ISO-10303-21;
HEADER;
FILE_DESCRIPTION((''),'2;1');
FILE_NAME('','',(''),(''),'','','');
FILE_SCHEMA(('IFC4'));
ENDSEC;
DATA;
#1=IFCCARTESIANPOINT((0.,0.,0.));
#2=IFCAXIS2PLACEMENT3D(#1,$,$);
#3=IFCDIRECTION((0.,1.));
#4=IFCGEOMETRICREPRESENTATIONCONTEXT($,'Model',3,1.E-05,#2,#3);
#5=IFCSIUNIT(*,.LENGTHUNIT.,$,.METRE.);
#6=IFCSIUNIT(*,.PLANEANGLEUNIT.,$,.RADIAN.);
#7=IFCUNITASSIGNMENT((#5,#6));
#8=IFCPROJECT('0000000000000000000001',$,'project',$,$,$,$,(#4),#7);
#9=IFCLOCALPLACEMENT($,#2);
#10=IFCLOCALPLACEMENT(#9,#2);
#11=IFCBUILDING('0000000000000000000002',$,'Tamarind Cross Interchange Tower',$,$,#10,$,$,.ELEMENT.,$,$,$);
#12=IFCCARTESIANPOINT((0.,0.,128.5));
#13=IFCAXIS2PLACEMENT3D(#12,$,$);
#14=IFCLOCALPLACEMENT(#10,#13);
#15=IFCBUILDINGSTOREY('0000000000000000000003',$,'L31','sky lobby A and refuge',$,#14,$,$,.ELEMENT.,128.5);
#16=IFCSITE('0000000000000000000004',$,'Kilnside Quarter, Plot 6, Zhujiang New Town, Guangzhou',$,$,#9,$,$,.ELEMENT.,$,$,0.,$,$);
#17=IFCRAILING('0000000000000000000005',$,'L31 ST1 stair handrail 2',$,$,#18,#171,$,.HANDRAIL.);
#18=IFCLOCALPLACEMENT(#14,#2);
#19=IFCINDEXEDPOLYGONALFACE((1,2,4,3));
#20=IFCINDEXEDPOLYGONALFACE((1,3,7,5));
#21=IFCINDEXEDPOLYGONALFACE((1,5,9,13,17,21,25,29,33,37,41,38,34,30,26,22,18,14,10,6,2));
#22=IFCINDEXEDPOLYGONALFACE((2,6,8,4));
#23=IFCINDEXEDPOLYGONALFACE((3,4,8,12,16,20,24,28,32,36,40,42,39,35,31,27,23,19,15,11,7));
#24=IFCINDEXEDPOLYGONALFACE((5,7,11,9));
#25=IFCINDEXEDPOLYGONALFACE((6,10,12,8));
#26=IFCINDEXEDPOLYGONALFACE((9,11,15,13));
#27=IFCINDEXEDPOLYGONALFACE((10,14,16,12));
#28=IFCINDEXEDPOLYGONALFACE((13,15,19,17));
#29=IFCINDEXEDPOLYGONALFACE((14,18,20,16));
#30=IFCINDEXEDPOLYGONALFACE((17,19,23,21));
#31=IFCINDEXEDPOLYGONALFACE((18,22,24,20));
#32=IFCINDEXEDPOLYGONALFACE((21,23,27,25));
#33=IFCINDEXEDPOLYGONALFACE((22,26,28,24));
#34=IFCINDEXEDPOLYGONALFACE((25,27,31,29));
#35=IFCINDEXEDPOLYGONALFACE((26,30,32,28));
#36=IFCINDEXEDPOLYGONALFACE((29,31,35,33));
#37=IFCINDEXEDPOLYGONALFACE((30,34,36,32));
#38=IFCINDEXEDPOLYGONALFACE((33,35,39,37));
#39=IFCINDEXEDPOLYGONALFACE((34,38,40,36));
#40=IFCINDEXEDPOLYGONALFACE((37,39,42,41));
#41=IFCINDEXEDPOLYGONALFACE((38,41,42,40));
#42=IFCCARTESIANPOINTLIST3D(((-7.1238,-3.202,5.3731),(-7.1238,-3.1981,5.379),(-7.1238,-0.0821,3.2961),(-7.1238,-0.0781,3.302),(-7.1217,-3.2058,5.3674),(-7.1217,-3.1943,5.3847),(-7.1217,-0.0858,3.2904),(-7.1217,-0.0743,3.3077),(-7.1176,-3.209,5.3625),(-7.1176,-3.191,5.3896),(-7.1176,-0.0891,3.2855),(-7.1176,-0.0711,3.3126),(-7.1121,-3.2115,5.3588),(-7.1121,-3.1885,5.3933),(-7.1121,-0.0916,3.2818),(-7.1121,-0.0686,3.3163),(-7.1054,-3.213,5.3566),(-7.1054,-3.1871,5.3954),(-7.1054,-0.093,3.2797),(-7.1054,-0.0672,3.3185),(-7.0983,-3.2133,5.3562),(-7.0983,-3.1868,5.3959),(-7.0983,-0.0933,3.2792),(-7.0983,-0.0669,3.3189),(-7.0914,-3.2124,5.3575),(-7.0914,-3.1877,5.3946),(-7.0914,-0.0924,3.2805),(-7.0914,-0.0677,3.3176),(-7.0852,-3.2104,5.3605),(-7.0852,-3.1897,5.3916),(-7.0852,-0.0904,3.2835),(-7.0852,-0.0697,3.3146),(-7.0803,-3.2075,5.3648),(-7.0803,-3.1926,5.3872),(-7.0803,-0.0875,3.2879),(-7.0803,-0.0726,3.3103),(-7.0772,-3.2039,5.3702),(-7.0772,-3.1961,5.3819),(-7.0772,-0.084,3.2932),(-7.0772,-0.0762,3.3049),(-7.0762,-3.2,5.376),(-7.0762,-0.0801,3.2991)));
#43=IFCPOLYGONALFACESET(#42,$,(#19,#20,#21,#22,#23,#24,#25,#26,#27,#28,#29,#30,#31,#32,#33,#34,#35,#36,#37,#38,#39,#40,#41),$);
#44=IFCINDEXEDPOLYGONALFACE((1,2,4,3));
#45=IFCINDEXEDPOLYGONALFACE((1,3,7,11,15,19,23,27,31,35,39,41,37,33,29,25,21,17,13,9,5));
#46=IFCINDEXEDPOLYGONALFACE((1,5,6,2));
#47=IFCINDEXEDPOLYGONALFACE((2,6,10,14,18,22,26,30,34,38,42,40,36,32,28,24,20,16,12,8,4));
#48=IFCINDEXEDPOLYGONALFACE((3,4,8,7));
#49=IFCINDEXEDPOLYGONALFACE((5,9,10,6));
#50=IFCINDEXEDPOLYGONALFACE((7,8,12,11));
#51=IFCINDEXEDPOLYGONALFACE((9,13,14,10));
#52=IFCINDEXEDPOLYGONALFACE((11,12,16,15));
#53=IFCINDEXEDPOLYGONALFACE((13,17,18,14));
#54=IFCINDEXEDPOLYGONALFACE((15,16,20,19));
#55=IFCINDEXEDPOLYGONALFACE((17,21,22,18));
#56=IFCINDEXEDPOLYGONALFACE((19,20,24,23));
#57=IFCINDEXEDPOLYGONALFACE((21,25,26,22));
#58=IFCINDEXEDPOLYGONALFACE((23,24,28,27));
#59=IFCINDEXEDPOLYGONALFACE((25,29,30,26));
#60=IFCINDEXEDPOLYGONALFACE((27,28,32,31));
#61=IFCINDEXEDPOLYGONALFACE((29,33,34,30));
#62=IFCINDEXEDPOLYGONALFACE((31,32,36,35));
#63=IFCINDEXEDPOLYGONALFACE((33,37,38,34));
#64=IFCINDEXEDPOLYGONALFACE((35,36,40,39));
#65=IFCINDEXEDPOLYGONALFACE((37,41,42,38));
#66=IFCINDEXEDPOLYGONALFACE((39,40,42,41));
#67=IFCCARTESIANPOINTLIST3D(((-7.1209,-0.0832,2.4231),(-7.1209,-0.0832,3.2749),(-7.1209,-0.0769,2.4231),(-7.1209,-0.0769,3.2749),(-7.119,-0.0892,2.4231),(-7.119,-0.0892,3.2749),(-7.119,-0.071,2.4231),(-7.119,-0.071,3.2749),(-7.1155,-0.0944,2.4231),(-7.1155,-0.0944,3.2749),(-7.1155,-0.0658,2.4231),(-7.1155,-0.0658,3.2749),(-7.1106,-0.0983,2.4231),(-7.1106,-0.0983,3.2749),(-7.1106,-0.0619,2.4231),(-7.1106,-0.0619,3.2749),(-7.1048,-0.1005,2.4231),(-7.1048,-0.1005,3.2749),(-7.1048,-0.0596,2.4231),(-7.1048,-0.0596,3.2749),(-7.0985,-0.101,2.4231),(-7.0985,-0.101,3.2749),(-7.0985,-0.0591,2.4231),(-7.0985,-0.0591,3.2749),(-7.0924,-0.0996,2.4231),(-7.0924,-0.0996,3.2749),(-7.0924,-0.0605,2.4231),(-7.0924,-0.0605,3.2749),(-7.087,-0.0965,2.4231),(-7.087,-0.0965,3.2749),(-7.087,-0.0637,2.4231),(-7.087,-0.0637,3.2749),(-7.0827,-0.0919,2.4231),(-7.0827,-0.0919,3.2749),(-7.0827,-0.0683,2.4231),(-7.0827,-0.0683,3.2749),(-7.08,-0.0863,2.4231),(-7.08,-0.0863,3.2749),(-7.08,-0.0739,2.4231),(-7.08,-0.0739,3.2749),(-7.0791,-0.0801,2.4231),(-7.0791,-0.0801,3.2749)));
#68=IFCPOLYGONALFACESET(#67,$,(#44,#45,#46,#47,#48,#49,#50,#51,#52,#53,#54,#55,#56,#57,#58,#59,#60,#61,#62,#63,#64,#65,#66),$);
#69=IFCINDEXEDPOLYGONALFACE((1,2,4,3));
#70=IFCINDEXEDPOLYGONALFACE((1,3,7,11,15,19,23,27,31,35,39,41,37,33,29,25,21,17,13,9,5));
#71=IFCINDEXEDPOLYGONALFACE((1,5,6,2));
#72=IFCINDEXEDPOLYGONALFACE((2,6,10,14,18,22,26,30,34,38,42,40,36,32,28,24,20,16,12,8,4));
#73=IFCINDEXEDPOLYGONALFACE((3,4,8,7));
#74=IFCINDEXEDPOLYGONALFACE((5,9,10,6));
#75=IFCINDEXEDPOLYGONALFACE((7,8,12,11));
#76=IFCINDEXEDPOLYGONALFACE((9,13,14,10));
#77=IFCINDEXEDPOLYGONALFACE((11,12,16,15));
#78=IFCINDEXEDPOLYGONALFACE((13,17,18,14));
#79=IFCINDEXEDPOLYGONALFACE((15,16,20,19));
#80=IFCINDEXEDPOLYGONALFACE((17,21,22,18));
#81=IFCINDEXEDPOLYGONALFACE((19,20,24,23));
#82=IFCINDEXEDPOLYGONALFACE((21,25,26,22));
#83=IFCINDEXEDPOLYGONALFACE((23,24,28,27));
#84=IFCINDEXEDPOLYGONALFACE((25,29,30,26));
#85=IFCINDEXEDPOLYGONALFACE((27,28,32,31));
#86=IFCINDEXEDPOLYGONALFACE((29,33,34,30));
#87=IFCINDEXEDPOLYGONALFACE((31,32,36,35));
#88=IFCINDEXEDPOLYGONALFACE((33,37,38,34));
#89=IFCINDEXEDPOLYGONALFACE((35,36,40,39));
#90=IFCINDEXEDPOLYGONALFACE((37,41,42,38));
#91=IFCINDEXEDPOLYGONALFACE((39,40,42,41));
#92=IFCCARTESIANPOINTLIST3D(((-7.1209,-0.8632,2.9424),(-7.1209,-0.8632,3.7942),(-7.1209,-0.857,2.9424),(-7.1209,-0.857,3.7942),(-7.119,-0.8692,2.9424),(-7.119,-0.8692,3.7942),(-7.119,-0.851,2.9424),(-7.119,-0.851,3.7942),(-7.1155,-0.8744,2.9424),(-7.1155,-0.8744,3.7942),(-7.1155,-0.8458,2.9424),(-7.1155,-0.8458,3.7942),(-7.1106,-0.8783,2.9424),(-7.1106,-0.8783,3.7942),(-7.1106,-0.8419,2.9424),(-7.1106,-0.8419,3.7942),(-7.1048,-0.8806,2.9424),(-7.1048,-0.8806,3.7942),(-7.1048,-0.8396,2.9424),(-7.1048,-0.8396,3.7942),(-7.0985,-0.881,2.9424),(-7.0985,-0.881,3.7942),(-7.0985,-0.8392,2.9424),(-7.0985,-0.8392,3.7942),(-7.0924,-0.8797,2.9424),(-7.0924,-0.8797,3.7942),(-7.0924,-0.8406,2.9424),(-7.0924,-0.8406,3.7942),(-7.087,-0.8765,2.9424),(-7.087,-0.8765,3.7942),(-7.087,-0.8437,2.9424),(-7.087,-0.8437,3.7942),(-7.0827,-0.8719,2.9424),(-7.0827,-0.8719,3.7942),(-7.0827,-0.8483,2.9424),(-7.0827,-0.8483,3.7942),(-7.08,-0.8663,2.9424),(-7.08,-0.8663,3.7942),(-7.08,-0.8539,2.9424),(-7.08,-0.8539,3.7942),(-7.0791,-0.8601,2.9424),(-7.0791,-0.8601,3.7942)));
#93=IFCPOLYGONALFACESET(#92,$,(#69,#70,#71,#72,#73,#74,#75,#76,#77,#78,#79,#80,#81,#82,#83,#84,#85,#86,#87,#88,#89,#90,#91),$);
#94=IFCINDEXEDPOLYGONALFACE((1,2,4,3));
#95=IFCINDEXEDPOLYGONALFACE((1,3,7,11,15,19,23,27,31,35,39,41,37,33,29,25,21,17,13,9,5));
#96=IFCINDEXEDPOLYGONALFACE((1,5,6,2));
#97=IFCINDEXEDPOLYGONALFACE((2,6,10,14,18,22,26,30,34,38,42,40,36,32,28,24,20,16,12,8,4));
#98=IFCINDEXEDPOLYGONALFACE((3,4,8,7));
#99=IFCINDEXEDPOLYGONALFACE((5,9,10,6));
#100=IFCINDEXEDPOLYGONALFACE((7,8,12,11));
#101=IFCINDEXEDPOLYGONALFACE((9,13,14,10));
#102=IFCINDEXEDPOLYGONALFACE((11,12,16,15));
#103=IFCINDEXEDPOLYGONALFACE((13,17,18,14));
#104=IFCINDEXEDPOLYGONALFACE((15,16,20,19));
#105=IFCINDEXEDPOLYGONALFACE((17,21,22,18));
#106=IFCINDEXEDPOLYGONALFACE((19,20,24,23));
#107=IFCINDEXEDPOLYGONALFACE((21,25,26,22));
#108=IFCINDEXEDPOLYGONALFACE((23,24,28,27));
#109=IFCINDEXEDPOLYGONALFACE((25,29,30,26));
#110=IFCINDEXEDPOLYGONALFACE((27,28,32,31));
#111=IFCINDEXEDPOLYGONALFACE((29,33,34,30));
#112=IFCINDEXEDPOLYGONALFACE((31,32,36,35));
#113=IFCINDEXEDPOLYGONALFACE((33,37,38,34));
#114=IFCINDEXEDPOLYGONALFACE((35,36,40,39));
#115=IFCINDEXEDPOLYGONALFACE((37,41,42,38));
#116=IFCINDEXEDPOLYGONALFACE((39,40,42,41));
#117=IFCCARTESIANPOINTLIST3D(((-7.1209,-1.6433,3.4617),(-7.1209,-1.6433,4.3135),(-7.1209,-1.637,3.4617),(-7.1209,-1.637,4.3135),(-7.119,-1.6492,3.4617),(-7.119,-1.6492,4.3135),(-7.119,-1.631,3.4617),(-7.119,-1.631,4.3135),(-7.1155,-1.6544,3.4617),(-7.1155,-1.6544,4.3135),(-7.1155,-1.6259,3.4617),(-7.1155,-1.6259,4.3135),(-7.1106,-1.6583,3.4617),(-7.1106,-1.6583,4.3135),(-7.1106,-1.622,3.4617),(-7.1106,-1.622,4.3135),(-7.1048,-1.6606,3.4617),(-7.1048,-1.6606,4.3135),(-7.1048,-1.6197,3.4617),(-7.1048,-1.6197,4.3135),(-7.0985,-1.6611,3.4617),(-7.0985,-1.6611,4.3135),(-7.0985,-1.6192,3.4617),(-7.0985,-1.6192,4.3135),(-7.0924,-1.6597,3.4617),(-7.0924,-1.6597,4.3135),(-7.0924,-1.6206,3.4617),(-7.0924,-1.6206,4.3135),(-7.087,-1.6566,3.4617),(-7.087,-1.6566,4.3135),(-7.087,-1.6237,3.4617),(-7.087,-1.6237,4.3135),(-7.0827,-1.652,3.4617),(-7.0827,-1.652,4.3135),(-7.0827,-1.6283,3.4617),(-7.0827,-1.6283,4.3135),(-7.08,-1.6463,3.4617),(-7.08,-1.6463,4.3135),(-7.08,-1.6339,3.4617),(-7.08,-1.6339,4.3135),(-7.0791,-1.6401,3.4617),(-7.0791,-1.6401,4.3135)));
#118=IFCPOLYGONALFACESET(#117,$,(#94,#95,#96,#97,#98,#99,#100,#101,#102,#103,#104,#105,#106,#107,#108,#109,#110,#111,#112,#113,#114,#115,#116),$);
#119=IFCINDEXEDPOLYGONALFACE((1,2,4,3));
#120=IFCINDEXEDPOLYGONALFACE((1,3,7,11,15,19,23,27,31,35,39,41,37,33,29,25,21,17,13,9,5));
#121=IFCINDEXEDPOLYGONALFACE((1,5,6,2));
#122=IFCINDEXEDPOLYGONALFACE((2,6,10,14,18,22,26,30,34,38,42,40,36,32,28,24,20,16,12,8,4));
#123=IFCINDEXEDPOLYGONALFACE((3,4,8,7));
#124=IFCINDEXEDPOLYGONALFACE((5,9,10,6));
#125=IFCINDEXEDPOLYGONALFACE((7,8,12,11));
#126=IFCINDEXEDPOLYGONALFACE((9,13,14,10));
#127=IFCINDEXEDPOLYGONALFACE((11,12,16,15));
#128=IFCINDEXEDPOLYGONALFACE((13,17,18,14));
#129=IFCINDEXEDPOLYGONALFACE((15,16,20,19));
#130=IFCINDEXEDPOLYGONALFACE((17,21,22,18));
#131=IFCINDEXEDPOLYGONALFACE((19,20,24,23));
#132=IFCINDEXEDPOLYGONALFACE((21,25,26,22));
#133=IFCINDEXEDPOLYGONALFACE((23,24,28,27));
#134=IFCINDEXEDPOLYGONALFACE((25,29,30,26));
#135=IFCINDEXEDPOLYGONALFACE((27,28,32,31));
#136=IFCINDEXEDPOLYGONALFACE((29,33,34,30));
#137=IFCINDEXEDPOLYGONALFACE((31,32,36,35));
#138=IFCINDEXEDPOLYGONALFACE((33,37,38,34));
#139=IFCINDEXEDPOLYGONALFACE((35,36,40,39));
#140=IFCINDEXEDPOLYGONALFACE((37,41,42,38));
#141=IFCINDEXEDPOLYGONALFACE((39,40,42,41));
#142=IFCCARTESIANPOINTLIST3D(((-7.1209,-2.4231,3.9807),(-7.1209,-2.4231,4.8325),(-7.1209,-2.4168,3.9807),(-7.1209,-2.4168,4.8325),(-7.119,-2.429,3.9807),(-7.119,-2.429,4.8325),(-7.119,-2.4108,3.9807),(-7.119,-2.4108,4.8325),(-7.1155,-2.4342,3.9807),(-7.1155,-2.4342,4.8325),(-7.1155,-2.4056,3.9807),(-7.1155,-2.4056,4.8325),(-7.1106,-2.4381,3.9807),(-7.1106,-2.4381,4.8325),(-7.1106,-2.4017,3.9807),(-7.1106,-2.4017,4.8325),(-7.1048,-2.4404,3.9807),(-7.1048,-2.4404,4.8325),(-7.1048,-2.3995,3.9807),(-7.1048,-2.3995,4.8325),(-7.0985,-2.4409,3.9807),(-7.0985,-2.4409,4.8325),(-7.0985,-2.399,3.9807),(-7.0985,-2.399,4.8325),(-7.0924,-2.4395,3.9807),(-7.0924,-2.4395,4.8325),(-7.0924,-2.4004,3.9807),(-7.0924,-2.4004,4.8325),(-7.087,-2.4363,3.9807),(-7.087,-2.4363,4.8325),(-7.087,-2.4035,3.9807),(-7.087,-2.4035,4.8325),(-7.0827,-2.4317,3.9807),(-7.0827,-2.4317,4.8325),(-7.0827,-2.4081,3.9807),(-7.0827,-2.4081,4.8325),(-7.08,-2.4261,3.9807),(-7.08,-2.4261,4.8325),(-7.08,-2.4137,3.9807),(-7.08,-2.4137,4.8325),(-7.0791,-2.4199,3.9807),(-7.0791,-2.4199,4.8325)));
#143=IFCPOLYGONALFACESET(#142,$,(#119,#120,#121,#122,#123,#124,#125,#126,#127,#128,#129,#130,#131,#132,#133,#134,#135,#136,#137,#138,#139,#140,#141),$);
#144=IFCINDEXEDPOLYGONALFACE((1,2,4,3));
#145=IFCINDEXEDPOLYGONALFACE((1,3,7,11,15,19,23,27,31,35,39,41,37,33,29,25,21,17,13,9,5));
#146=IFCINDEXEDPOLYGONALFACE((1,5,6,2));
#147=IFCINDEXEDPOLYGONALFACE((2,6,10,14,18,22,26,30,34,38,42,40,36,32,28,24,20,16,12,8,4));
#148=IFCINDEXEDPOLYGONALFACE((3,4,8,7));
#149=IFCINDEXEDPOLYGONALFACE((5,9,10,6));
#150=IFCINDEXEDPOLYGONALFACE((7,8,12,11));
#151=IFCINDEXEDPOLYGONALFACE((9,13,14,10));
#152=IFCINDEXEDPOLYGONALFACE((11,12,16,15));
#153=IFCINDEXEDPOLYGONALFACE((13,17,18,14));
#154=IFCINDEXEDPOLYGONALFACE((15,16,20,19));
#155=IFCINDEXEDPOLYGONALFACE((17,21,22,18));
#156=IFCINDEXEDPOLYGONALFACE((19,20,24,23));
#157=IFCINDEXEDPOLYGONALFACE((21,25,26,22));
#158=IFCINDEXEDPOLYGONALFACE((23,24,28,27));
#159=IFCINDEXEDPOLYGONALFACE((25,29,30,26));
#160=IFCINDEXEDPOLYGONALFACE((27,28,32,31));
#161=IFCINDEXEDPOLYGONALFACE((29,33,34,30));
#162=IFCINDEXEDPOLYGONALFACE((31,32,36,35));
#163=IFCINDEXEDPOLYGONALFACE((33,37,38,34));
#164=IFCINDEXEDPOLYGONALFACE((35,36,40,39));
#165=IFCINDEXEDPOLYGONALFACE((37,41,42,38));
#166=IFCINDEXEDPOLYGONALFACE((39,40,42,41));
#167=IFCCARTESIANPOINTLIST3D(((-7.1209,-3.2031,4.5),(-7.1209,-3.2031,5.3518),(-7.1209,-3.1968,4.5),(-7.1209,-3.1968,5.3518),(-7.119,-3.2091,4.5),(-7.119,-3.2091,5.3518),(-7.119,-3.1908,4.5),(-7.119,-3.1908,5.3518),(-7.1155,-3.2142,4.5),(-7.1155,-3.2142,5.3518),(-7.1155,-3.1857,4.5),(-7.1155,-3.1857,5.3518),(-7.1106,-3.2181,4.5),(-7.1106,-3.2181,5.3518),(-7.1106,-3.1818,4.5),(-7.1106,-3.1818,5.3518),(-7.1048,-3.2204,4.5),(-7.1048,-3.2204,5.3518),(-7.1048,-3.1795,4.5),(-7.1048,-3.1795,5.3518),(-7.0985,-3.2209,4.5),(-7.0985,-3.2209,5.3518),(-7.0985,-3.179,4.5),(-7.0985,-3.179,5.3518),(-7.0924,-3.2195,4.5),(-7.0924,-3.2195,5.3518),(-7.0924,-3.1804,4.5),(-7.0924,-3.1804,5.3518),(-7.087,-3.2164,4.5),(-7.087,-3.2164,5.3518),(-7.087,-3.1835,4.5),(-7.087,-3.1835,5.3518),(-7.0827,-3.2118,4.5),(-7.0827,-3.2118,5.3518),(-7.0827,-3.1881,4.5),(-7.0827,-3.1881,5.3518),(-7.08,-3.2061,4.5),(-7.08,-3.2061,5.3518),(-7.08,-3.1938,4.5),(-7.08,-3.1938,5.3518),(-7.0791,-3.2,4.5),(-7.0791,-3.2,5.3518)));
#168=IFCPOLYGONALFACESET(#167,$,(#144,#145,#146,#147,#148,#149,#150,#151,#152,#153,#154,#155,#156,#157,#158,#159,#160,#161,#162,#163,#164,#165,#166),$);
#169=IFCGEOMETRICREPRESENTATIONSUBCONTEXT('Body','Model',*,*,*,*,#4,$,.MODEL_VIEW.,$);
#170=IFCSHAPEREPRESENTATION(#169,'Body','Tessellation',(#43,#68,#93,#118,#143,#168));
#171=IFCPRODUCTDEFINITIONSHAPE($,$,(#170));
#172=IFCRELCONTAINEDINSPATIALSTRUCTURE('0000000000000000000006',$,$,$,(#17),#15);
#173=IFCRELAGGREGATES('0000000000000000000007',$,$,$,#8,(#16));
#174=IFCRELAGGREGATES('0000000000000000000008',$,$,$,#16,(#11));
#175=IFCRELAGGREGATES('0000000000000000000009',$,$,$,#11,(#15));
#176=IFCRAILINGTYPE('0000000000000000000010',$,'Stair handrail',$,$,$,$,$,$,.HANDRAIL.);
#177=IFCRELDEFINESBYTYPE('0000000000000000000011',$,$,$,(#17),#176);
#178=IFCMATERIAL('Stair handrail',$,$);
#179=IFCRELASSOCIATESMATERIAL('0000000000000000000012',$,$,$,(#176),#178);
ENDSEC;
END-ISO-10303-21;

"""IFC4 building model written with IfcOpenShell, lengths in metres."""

from ifc_helpers import new_model, si_unit, direction, frame, origin, origin_2d, place, context, subcontext, project, spatial, circle, extrude, material, type_object, element, save


model = new_model("IFC4")

# Units and contexts
model_context = context("Model", 3, precision=1e-05, world=origin(), true_north=direction((0.0, 1.0)))
body_context = subcontext(model_context, "Body", "Model", "MODEL_VIEW")
ifc_project = project(units=[si_unit("LENGTHUNIT", "METRE"), si_unit("PLANEANGLEUNIT", "RADIAN")], contexts=[model_context])

# Site, building, storey
site_placement = place(None, origin())
site = spatial("IfcSite", under=ifc_project, at=site_placement, Name="Kilnside Quarter, Plot 6, Zhujiang New Town, Guangzhou", CompositionType="ELEMENT", RefElevation=0.0)
building_placement = place(site_placement, origin())
building = spatial("IfcBuilding", under=site, at=building_placement, Name="Tamarind Cross Interchange Tower", CompositionType="ELEMENT")
storey_placement = place(building_placement, frame((0.0, 0.0, 128.5)))
storey = spatial("IfcBuildingStorey", under=building, at=storey_placement, Name="L31", Description="sky lobby A and refuge", CompositionType="ELEMENT", Elevation=128.5)

# Railing
ifc_material_1 = material(Name="Stair handrail")
railing_type_1 = type_object("IfcRailingType", Name="Stair handrail", PredefinedType="HANDRAIL", material=ifc_material_1)
railing_1_placement = place(storey_placement, frame((-7.1001, -0.0801, 2.4231)))
element("IfcRailing", 1, at=railing_1_placement, inside=storey, type_object=railing_type_1, Name="L31 ST1 stair handrail 2", PredefinedType="HANDRAIL", context=body_context, shape_type="SweptSolid", body=[
    extrude(circle(Radius=0.0239, at=origin_2d()), frame((0.0, 0.0, 0.876), z_axis=(0.0, -0.832421, 0.554144), x_axis=(1.0, 0.0, 0.0)), (0.0, 0.0, 1.0), 3.748),
    extrude(circle(Radius=0.021, at=origin_2d()), origin(), (0.0, 0.0, 1.0), 0.8518),
    extrude(circle(Radius=0.021, at=origin_2d()), frame((0.0, -0.78, 0.5193)), (0.0, 0.0, 1.0), 0.8518),
    extrude(circle(Radius=0.021, at=origin_2d()), frame((0.0, -1.5601, 1.0386)), (0.0, 0.0, 1.0), 0.8518),
    extrude(circle(Radius=0.021, at=origin_2d()), frame((0.0, -2.3398, 1.5576)), (0.0, 0.0, 1.0), 0.8518),
    extrude(circle(Radius=0.021, at=origin_2d()), frame((0.0, -3.1199, 2.0769)), (0.0, 0.0, 1.0), 0.8518),
])

save(model, "model.ifc")
